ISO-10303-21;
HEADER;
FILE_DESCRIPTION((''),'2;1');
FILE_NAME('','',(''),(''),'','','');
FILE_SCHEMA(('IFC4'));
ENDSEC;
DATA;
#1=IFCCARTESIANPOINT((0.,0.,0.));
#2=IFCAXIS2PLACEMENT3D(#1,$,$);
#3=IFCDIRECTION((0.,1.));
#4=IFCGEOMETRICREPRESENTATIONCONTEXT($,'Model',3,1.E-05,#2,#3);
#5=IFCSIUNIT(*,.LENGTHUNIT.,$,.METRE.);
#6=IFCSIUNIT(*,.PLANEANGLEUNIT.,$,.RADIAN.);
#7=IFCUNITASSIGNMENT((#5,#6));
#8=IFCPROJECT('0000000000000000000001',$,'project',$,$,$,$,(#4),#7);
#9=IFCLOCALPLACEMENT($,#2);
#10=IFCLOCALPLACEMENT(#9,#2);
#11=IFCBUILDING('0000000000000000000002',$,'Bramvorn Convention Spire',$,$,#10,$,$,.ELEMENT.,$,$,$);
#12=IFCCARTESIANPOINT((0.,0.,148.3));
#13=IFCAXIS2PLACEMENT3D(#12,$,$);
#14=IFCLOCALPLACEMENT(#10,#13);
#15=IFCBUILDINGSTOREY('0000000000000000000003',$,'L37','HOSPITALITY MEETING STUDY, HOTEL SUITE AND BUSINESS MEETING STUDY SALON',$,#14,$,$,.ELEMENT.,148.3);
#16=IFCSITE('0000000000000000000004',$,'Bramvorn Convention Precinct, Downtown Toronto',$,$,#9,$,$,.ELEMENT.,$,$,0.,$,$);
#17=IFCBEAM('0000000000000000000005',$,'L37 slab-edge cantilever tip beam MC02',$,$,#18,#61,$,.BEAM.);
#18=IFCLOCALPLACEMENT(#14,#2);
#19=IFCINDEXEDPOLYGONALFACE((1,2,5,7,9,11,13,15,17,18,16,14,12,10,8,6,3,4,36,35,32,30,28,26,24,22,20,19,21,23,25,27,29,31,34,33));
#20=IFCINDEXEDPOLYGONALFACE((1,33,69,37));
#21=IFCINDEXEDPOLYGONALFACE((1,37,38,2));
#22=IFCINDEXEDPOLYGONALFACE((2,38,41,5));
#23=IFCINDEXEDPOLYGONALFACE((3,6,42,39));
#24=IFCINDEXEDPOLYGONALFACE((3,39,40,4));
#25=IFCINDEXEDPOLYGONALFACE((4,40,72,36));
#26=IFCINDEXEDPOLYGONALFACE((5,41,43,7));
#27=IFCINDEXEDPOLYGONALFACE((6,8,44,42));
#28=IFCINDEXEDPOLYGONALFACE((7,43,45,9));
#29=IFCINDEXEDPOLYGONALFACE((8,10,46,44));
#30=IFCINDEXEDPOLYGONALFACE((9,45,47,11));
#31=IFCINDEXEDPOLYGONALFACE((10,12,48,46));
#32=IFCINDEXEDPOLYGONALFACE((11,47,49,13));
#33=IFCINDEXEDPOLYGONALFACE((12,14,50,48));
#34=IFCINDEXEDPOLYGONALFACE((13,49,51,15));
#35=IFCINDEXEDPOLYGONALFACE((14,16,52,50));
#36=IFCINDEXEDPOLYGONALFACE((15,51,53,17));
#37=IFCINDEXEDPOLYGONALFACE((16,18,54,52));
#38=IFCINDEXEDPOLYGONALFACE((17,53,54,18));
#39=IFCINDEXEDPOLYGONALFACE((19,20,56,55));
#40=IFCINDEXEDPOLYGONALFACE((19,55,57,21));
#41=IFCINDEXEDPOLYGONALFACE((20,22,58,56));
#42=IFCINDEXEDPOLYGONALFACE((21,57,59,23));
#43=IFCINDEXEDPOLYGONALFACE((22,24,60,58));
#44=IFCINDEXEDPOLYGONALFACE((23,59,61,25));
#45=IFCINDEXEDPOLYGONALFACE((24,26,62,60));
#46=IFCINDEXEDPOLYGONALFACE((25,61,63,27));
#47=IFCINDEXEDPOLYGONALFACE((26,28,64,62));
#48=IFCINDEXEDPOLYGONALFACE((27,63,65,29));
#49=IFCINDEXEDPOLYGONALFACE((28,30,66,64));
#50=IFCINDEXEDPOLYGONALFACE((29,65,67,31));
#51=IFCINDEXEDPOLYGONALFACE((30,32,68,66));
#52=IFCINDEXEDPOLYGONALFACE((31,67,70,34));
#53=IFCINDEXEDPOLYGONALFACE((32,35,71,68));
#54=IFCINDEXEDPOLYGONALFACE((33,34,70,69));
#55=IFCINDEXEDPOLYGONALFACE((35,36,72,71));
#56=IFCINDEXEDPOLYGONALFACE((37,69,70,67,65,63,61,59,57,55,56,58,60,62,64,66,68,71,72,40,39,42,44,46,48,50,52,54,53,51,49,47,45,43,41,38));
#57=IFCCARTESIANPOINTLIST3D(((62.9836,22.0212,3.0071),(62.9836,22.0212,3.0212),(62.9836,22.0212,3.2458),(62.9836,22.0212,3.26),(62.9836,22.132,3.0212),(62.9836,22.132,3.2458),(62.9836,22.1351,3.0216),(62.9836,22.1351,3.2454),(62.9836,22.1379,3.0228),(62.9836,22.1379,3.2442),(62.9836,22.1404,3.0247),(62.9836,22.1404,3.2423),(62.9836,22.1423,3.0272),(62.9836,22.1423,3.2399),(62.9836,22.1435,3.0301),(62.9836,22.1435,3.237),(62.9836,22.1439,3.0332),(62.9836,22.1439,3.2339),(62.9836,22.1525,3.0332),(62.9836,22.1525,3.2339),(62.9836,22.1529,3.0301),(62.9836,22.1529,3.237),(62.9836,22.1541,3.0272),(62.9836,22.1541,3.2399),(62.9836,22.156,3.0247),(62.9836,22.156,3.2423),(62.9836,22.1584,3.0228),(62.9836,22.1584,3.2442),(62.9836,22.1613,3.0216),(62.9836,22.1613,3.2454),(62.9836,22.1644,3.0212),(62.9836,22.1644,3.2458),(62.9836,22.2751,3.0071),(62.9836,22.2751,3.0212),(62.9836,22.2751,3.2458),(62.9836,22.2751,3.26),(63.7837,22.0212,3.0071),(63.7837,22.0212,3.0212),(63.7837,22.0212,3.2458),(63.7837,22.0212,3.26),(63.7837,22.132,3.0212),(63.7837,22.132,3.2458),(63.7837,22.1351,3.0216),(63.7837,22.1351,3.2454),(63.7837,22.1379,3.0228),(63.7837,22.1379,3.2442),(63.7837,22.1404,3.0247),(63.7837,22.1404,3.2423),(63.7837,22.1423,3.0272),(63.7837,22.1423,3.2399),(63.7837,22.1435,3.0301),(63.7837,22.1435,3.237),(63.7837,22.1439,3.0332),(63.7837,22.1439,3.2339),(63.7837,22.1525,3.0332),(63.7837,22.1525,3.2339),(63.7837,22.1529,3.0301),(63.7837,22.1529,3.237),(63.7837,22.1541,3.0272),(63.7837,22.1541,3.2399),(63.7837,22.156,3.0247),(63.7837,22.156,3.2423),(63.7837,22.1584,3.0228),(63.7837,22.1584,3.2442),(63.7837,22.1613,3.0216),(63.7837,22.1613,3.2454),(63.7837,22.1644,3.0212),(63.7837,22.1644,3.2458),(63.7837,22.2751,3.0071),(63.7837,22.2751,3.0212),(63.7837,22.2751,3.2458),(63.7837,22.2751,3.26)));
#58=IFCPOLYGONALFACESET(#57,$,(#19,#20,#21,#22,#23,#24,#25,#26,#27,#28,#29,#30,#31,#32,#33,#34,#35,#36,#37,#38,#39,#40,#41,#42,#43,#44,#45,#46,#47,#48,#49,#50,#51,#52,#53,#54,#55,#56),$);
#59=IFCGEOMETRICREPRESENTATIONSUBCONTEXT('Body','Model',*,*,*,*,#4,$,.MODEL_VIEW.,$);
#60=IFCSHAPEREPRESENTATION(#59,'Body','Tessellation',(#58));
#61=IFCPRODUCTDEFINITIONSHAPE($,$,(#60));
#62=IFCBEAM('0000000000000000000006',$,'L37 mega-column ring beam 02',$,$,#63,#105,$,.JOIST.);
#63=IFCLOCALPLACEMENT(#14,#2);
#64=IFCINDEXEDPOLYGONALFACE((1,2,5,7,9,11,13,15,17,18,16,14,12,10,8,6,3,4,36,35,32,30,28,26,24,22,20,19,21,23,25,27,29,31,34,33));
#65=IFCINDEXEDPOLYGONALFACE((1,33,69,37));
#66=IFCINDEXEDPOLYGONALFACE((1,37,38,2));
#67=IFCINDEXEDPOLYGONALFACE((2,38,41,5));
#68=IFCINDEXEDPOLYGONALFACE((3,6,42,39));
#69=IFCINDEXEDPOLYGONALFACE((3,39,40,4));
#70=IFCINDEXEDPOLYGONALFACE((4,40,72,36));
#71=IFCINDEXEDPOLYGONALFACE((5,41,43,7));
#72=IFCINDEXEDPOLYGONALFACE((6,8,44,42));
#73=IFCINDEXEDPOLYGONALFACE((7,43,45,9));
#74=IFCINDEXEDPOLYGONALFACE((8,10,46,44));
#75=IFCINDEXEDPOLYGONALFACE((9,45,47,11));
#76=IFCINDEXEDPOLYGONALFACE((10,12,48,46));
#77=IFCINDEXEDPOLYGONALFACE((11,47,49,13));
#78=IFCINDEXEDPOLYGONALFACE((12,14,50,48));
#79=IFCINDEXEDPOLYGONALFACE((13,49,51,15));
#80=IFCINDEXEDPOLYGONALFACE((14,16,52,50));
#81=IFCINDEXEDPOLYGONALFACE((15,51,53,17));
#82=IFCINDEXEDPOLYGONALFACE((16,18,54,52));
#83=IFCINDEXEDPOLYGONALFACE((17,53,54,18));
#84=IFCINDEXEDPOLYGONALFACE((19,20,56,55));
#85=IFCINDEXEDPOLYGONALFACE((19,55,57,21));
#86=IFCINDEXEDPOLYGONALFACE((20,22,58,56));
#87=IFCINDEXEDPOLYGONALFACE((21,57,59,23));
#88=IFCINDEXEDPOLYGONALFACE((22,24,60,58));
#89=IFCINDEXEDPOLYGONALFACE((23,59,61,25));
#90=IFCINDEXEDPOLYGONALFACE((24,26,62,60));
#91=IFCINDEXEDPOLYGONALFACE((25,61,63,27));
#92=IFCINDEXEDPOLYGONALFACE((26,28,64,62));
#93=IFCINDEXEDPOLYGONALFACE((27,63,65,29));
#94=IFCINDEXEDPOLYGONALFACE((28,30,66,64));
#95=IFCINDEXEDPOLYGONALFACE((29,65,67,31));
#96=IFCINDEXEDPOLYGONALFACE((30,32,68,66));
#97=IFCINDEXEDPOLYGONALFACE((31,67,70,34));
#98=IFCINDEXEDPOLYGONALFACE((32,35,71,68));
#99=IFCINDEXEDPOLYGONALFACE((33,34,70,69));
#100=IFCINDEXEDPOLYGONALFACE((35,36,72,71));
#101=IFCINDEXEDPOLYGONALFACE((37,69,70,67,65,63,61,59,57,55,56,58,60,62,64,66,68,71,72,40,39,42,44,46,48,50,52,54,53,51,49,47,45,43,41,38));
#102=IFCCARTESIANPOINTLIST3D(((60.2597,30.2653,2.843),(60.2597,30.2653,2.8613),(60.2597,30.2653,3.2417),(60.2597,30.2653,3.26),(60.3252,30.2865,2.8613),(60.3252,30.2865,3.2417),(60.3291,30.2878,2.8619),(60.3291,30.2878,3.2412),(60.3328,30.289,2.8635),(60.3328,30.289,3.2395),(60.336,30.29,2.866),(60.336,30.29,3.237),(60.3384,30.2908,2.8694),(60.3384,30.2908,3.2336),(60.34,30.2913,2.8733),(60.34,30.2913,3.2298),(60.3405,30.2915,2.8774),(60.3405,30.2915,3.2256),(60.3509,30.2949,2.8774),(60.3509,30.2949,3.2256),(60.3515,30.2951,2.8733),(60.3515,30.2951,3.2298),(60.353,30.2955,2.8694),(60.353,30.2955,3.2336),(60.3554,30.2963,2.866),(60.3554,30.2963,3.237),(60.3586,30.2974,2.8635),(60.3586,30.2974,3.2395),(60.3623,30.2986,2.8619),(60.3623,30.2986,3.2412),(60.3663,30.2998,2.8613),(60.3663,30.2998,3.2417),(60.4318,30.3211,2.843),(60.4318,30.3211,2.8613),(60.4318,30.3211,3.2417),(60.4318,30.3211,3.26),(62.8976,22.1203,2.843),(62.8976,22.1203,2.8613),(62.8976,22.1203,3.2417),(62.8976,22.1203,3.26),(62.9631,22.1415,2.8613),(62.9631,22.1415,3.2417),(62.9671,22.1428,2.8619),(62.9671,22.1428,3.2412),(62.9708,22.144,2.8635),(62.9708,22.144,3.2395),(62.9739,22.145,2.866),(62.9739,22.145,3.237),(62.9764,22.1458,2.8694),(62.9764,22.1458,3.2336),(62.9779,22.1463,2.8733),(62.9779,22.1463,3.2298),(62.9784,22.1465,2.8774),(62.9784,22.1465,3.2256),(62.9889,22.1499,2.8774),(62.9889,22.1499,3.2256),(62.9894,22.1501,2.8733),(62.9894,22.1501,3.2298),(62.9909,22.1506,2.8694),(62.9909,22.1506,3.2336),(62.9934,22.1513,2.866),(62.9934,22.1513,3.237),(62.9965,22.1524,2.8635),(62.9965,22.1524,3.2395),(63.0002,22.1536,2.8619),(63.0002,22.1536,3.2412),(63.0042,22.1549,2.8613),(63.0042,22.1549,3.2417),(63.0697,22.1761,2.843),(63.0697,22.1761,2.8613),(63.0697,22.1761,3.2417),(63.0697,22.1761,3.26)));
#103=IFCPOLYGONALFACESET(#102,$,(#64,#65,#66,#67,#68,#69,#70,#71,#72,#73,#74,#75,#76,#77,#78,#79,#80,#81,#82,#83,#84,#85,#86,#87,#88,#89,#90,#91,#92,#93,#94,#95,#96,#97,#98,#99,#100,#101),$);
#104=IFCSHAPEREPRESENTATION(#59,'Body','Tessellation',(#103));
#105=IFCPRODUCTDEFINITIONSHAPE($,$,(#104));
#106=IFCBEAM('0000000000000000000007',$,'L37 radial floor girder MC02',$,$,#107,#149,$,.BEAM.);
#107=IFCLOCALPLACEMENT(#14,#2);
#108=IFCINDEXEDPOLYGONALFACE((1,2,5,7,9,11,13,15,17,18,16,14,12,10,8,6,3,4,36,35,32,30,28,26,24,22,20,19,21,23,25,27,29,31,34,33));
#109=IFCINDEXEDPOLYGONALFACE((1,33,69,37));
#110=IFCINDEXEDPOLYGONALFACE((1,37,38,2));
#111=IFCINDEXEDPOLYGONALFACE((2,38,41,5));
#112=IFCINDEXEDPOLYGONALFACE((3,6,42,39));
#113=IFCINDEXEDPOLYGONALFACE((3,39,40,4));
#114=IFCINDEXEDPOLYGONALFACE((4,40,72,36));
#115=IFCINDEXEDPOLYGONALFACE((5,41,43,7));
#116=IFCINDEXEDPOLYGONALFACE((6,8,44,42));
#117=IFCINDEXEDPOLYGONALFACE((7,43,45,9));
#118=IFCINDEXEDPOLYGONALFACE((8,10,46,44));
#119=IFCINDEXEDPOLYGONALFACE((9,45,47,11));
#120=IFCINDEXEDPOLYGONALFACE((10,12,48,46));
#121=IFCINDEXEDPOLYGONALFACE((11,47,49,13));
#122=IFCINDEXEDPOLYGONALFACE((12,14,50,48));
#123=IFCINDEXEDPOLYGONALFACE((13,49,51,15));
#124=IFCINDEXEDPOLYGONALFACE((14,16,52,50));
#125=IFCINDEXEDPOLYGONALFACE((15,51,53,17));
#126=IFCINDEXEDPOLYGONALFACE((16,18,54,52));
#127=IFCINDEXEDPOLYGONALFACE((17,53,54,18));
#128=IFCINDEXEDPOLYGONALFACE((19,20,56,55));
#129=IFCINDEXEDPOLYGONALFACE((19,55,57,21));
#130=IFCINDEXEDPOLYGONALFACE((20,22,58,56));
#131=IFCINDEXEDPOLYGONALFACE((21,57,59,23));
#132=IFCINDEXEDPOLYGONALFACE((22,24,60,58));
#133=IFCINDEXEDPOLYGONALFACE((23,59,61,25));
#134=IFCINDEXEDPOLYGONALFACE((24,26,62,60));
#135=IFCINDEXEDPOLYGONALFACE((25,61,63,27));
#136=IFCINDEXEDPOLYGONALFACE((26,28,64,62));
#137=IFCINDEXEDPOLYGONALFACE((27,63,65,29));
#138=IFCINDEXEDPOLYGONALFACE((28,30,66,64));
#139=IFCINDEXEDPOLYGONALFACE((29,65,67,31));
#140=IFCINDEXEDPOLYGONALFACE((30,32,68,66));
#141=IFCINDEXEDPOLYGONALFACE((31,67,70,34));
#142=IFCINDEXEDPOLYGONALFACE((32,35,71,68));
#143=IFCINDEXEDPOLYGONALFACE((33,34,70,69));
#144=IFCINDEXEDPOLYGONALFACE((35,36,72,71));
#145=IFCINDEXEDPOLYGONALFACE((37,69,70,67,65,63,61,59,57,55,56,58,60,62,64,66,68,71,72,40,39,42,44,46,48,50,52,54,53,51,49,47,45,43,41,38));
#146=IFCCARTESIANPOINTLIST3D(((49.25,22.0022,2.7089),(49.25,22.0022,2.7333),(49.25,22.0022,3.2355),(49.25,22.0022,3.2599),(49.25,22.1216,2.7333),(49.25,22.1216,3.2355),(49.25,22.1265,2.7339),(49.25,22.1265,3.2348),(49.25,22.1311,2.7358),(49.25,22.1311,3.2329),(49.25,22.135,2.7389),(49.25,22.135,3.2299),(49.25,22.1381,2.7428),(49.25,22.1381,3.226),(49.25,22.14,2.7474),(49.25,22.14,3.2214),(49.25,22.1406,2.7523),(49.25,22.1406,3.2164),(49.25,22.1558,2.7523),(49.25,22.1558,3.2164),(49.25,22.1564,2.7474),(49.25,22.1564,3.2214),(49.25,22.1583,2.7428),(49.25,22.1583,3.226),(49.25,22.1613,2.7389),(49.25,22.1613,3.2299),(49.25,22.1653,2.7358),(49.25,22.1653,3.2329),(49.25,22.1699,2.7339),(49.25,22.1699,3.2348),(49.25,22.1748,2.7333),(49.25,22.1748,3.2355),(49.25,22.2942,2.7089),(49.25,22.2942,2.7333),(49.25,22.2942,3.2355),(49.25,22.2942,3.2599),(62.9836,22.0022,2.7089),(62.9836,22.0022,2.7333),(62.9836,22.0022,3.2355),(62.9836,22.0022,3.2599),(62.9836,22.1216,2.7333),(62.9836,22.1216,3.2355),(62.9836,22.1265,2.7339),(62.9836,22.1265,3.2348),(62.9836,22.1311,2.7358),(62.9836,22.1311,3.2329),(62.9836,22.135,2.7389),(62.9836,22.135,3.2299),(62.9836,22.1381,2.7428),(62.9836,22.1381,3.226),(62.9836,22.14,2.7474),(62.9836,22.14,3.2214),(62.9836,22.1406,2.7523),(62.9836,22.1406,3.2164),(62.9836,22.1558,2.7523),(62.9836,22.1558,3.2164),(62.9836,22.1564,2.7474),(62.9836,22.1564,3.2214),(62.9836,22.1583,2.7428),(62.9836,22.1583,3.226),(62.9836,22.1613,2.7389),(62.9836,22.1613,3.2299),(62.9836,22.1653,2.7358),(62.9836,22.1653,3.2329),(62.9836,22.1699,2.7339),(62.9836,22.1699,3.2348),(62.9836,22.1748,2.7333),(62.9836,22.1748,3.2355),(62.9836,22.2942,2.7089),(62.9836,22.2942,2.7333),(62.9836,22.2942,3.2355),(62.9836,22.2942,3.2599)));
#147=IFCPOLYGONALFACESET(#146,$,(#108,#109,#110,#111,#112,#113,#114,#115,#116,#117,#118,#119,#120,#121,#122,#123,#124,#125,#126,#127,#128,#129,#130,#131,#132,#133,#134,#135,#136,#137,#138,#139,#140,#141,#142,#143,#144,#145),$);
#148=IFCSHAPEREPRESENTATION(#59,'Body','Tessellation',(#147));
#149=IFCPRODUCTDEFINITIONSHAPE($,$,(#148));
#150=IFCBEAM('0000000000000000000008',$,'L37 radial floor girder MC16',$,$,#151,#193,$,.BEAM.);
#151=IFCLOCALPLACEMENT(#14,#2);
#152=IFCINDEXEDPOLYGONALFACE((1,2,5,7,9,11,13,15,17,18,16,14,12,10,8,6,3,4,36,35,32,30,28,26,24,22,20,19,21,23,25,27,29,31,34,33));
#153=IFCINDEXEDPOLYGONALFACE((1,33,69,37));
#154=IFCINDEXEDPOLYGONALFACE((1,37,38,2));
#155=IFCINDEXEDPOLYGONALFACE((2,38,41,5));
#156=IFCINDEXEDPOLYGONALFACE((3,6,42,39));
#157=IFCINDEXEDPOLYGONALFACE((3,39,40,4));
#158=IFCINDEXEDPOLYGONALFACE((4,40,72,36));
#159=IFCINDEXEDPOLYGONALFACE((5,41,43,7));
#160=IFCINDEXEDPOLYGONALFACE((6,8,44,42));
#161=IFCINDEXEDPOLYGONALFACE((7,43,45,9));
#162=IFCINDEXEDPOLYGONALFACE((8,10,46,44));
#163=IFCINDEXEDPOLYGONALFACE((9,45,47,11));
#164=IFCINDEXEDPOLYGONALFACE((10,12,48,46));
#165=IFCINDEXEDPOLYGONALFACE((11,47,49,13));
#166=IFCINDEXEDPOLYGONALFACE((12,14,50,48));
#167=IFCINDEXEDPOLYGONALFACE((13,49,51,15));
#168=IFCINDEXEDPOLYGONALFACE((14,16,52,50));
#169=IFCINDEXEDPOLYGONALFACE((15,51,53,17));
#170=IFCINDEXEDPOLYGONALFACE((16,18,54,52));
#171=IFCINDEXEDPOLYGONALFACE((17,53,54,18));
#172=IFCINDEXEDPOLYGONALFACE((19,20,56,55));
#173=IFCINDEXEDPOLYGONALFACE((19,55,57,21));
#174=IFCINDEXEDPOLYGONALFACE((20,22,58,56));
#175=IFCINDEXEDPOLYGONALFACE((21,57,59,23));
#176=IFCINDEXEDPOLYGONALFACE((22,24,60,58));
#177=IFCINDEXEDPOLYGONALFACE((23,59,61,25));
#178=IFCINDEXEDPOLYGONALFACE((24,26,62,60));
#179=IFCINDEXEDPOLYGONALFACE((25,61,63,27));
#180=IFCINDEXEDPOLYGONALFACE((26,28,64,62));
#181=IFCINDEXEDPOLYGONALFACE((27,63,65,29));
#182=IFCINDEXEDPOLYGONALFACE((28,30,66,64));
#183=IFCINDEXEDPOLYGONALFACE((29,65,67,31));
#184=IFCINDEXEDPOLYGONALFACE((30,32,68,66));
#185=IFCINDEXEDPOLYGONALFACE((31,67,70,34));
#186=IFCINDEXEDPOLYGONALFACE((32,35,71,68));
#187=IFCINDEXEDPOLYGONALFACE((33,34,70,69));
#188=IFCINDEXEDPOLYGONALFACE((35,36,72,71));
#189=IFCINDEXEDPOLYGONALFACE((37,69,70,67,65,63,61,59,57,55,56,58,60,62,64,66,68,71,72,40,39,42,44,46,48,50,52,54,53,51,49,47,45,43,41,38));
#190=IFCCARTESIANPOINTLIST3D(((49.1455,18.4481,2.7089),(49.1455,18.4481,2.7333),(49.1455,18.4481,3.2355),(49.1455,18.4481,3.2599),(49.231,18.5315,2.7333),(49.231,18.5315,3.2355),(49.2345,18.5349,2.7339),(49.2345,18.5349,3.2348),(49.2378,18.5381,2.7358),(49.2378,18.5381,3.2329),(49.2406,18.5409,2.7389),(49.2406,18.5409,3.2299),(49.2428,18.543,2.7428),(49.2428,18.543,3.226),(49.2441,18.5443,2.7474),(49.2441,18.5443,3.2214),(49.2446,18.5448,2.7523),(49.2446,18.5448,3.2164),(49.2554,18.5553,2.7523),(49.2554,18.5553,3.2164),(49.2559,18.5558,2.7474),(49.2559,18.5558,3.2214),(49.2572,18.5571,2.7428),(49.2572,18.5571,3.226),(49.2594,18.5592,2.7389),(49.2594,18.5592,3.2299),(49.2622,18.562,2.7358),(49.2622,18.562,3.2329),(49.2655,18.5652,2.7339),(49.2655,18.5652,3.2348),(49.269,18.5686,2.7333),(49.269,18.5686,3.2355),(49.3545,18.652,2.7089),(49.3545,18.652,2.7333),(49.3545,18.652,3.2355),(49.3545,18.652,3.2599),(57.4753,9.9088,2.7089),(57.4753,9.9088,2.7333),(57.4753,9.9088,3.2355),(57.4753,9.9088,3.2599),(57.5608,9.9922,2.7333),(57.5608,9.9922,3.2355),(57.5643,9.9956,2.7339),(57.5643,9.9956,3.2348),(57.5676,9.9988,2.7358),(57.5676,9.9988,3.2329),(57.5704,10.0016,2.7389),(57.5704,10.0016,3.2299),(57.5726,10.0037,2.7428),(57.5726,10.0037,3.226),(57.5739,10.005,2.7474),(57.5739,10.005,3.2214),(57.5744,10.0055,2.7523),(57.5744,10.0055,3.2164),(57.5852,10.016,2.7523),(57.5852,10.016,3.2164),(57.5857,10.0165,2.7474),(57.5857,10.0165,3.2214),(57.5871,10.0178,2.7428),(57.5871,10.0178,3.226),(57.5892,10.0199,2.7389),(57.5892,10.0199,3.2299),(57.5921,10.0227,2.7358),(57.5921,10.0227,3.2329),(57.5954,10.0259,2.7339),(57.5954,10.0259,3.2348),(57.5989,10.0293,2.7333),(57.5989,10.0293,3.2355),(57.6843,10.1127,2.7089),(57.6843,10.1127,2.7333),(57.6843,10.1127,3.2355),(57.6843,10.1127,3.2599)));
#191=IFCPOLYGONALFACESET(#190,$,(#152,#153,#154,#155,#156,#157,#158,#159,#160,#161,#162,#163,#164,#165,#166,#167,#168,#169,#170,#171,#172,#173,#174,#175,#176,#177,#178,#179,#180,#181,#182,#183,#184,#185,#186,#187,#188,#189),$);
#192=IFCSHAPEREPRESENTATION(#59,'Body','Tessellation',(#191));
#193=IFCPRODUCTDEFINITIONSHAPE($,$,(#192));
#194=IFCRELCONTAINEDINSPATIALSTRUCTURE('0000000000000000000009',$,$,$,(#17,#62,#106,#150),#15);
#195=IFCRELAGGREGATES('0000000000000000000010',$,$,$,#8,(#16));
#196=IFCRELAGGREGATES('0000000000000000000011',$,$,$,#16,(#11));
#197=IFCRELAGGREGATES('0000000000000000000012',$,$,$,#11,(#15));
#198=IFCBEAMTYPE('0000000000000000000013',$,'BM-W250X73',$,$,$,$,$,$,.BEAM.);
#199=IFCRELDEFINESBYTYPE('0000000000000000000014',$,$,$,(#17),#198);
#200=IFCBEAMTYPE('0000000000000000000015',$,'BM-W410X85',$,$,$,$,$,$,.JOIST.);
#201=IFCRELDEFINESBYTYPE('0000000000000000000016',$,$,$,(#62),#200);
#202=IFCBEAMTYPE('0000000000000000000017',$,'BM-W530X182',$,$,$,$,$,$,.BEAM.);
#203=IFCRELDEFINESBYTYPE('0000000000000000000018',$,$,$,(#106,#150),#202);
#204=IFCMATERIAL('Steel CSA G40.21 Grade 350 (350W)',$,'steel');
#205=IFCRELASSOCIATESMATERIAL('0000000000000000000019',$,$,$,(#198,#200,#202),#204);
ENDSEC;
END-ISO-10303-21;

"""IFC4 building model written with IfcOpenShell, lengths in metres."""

from ifc_helpers import new_model, si_unit, direction, frame, origin, origin_2d, place, context, subcontext, project, spatial, i_section, extrude, material, material_profile, profile_set, type_object, element, save


model = new_model("IFC4")

# Units and contexts
model_context = context("Model", 3, precision=1e-05, world=origin(), true_north=direction((0.0, 1.0)))
body_context = subcontext(model_context, "Body", "Model", "MODEL_VIEW")
ifc_project = project(units=[si_unit("LENGTHUNIT", "METRE"), si_unit("PLANEANGLEUNIT", "RADIAN")], contexts=[model_context])

# Site, building, storey
site_placement = place(None, origin())
site = spatial("IfcSite", under=ifc_project, at=site_placement, Name="Bramvorn Convention Precinct, Downtown Toronto", CompositionType="ELEMENT", RefElevation=0.0)
building_placement = place(site_placement, origin())
building = spatial("IfcBuilding", under=site, at=building_placement, Name="Bramvorn Convention Spire", CompositionType="ELEMENT")
storey_placement = place(building_placement, frame((0.0, 0.0, 148.3)))
storey = spatial("IfcBuildingStorey", under=building, at=storey_placement, Name="L37", Description="HOSPITALITY MEETING STUDY, HOTEL SUITE AND BUSINESS MEETING STUDY SALON", CompositionType="ELEMENT", Elevation=148.3)

# Shared definitions
ifc_material_1 = material(Name="Steel CSA G40.21 Grade 350 (350W)", Category="steel")

# Beams
ifc_material_profile_1 = material_profile(ifc_material_1, i_section(OverallWidth=0.2539, OverallDepth=0.2529, WebThickness=0.0085, FlangeThickness=0.0142, FilletRadius=0.012, at=origin_2d()))
ifc_profile_set_1 = profile_set([ifc_material_profile_1], Name="Steel CSA G40.21 Grade 350 (350W) - W250X73")
beam_type_1 = type_object("IfcBeamType", Name="BM-W250X73", PredefinedType="BEAM", material=ifc_profile_set_1)
beam_1_placement = place(storey_placement, frame((62.9836, 22.1482, 3.1335), z_axis=(1.0, 0.0, 0.0), x_axis=(0.0, 1.0, 0.0)))
element("IfcBeam", 1, at=beam_1_placement, inside=storey, type_object=beam_type_1, Name="L37 slab-edge cantilever tip beam MC02", PredefinedType="BEAM", context=body_context, shape_type="SweptSolid", body=[
    extrude(i_section(OverallWidth=0.2539, OverallDepth=0.2529, WebThickness=0.0085, FlangeThickness=0.0142, FilletRadius=0.012, at=origin_2d()), origin(), (0.0, 0.0, 1.0), 0.8),
])
ifc_material_profile_2 = material_profile(ifc_material_1, i_section(OverallWidth=0.1809, OverallDepth=0.417, WebThickness=0.011, FlangeThickness=0.0183, FilletRadius=0.0161, at=origin_2d()))
ifc_profile_set_2 = profile_set([ifc_material_profile_2], Name="Steel CSA G40.21 Grade 350 (350W) - W410X85")
beam_type_2 = type_object("IfcBeamType", Name="BM-W410X85", PredefinedType="JOIST", material=ifc_profile_set_2)
beam_2_placement = place(storey_placement, frame((62.9836, 22.1482, 3.0515), z_axis=(-0.308115, 0.951349, 0.0), x_axis=(-0.951349, -0.308115, 0.0)))
element("IfcBeam", 2, at=beam_2_placement, inside=storey, type_object=beam_type_2, Name="L37 mega-column ring beam 02", PredefinedType="JOIST", context=body_context, shape_type="SweptSolid", body=[
    extrude(i_section(OverallWidth=0.1809, OverallDepth=0.417, WebThickness=0.011, FlangeThickness=0.0183, FilletRadius=0.0161, at=origin_2d()), origin(), (0.0, 0.0, 1.0), 8.5615),
])
ifc_material_profile_3 = material_profile(ifc_material_1, i_section(OverallWidth=0.292, OverallDepth=0.551, WebThickness=0.0151, FlangeThickness=0.0244, FilletRadius=0.019, at=origin_2d()))
ifc_profile_set_3 = profile_set([ifc_material_profile_3], Name="Steel CSA G40.21 Grade 350 (350W) - W530X182")
beam_type_3 = type_object("IfcBeamType", Name="BM-W530X182", PredefinedType="BEAM", material=ifc_profile_set_3)
beam_3_placement = place(storey_placement, frame((49.25, 22.1482, 2.9844), z_axis=(1.0, 0.0, 0.0), x_axis=(0.0, 1.0, 0.0)))
element("IfcBeam", 3, at=beam_3_placement, inside=storey, type_object=beam_type_3, Name="L37 radial floor girder MC02", PredefinedType="BEAM", context=body_context, shape_type="SweptSolid", body=[
    extrude(i_section(OverallWidth=0.292, OverallDepth=0.551, WebThickness=0.0151, FlangeThickness=0.0244, FilletRadius=0.019, at=origin_2d()), origin(), (0.0, 0.0, 1.0), 13.7336),
])
beam_4_placement = place(storey_placement, frame((49.25, 18.55, 2.9844), z_axis=(0.698272, -0.715832, 0.0), x_axis=(0.715832, 0.698272, 0.0)))
element("IfcBeam", 4, at=beam_4_placement, inside=storey, type_object=beam_type_3, Name="L37 radial floor girder MC16", PredefinedType="BEAM", context=body_context, shape_type="SweptSolid", body=[
    extrude(i_section(OverallWidth=0.292, OverallDepth=0.551, WebThickness=0.0151, FlangeThickness=0.0244, FilletRadius=0.019, at=origin_2d()), origin(), (0.0, 0.0, 1.0), 11.9292),
])

save(model, "model.ifc")
